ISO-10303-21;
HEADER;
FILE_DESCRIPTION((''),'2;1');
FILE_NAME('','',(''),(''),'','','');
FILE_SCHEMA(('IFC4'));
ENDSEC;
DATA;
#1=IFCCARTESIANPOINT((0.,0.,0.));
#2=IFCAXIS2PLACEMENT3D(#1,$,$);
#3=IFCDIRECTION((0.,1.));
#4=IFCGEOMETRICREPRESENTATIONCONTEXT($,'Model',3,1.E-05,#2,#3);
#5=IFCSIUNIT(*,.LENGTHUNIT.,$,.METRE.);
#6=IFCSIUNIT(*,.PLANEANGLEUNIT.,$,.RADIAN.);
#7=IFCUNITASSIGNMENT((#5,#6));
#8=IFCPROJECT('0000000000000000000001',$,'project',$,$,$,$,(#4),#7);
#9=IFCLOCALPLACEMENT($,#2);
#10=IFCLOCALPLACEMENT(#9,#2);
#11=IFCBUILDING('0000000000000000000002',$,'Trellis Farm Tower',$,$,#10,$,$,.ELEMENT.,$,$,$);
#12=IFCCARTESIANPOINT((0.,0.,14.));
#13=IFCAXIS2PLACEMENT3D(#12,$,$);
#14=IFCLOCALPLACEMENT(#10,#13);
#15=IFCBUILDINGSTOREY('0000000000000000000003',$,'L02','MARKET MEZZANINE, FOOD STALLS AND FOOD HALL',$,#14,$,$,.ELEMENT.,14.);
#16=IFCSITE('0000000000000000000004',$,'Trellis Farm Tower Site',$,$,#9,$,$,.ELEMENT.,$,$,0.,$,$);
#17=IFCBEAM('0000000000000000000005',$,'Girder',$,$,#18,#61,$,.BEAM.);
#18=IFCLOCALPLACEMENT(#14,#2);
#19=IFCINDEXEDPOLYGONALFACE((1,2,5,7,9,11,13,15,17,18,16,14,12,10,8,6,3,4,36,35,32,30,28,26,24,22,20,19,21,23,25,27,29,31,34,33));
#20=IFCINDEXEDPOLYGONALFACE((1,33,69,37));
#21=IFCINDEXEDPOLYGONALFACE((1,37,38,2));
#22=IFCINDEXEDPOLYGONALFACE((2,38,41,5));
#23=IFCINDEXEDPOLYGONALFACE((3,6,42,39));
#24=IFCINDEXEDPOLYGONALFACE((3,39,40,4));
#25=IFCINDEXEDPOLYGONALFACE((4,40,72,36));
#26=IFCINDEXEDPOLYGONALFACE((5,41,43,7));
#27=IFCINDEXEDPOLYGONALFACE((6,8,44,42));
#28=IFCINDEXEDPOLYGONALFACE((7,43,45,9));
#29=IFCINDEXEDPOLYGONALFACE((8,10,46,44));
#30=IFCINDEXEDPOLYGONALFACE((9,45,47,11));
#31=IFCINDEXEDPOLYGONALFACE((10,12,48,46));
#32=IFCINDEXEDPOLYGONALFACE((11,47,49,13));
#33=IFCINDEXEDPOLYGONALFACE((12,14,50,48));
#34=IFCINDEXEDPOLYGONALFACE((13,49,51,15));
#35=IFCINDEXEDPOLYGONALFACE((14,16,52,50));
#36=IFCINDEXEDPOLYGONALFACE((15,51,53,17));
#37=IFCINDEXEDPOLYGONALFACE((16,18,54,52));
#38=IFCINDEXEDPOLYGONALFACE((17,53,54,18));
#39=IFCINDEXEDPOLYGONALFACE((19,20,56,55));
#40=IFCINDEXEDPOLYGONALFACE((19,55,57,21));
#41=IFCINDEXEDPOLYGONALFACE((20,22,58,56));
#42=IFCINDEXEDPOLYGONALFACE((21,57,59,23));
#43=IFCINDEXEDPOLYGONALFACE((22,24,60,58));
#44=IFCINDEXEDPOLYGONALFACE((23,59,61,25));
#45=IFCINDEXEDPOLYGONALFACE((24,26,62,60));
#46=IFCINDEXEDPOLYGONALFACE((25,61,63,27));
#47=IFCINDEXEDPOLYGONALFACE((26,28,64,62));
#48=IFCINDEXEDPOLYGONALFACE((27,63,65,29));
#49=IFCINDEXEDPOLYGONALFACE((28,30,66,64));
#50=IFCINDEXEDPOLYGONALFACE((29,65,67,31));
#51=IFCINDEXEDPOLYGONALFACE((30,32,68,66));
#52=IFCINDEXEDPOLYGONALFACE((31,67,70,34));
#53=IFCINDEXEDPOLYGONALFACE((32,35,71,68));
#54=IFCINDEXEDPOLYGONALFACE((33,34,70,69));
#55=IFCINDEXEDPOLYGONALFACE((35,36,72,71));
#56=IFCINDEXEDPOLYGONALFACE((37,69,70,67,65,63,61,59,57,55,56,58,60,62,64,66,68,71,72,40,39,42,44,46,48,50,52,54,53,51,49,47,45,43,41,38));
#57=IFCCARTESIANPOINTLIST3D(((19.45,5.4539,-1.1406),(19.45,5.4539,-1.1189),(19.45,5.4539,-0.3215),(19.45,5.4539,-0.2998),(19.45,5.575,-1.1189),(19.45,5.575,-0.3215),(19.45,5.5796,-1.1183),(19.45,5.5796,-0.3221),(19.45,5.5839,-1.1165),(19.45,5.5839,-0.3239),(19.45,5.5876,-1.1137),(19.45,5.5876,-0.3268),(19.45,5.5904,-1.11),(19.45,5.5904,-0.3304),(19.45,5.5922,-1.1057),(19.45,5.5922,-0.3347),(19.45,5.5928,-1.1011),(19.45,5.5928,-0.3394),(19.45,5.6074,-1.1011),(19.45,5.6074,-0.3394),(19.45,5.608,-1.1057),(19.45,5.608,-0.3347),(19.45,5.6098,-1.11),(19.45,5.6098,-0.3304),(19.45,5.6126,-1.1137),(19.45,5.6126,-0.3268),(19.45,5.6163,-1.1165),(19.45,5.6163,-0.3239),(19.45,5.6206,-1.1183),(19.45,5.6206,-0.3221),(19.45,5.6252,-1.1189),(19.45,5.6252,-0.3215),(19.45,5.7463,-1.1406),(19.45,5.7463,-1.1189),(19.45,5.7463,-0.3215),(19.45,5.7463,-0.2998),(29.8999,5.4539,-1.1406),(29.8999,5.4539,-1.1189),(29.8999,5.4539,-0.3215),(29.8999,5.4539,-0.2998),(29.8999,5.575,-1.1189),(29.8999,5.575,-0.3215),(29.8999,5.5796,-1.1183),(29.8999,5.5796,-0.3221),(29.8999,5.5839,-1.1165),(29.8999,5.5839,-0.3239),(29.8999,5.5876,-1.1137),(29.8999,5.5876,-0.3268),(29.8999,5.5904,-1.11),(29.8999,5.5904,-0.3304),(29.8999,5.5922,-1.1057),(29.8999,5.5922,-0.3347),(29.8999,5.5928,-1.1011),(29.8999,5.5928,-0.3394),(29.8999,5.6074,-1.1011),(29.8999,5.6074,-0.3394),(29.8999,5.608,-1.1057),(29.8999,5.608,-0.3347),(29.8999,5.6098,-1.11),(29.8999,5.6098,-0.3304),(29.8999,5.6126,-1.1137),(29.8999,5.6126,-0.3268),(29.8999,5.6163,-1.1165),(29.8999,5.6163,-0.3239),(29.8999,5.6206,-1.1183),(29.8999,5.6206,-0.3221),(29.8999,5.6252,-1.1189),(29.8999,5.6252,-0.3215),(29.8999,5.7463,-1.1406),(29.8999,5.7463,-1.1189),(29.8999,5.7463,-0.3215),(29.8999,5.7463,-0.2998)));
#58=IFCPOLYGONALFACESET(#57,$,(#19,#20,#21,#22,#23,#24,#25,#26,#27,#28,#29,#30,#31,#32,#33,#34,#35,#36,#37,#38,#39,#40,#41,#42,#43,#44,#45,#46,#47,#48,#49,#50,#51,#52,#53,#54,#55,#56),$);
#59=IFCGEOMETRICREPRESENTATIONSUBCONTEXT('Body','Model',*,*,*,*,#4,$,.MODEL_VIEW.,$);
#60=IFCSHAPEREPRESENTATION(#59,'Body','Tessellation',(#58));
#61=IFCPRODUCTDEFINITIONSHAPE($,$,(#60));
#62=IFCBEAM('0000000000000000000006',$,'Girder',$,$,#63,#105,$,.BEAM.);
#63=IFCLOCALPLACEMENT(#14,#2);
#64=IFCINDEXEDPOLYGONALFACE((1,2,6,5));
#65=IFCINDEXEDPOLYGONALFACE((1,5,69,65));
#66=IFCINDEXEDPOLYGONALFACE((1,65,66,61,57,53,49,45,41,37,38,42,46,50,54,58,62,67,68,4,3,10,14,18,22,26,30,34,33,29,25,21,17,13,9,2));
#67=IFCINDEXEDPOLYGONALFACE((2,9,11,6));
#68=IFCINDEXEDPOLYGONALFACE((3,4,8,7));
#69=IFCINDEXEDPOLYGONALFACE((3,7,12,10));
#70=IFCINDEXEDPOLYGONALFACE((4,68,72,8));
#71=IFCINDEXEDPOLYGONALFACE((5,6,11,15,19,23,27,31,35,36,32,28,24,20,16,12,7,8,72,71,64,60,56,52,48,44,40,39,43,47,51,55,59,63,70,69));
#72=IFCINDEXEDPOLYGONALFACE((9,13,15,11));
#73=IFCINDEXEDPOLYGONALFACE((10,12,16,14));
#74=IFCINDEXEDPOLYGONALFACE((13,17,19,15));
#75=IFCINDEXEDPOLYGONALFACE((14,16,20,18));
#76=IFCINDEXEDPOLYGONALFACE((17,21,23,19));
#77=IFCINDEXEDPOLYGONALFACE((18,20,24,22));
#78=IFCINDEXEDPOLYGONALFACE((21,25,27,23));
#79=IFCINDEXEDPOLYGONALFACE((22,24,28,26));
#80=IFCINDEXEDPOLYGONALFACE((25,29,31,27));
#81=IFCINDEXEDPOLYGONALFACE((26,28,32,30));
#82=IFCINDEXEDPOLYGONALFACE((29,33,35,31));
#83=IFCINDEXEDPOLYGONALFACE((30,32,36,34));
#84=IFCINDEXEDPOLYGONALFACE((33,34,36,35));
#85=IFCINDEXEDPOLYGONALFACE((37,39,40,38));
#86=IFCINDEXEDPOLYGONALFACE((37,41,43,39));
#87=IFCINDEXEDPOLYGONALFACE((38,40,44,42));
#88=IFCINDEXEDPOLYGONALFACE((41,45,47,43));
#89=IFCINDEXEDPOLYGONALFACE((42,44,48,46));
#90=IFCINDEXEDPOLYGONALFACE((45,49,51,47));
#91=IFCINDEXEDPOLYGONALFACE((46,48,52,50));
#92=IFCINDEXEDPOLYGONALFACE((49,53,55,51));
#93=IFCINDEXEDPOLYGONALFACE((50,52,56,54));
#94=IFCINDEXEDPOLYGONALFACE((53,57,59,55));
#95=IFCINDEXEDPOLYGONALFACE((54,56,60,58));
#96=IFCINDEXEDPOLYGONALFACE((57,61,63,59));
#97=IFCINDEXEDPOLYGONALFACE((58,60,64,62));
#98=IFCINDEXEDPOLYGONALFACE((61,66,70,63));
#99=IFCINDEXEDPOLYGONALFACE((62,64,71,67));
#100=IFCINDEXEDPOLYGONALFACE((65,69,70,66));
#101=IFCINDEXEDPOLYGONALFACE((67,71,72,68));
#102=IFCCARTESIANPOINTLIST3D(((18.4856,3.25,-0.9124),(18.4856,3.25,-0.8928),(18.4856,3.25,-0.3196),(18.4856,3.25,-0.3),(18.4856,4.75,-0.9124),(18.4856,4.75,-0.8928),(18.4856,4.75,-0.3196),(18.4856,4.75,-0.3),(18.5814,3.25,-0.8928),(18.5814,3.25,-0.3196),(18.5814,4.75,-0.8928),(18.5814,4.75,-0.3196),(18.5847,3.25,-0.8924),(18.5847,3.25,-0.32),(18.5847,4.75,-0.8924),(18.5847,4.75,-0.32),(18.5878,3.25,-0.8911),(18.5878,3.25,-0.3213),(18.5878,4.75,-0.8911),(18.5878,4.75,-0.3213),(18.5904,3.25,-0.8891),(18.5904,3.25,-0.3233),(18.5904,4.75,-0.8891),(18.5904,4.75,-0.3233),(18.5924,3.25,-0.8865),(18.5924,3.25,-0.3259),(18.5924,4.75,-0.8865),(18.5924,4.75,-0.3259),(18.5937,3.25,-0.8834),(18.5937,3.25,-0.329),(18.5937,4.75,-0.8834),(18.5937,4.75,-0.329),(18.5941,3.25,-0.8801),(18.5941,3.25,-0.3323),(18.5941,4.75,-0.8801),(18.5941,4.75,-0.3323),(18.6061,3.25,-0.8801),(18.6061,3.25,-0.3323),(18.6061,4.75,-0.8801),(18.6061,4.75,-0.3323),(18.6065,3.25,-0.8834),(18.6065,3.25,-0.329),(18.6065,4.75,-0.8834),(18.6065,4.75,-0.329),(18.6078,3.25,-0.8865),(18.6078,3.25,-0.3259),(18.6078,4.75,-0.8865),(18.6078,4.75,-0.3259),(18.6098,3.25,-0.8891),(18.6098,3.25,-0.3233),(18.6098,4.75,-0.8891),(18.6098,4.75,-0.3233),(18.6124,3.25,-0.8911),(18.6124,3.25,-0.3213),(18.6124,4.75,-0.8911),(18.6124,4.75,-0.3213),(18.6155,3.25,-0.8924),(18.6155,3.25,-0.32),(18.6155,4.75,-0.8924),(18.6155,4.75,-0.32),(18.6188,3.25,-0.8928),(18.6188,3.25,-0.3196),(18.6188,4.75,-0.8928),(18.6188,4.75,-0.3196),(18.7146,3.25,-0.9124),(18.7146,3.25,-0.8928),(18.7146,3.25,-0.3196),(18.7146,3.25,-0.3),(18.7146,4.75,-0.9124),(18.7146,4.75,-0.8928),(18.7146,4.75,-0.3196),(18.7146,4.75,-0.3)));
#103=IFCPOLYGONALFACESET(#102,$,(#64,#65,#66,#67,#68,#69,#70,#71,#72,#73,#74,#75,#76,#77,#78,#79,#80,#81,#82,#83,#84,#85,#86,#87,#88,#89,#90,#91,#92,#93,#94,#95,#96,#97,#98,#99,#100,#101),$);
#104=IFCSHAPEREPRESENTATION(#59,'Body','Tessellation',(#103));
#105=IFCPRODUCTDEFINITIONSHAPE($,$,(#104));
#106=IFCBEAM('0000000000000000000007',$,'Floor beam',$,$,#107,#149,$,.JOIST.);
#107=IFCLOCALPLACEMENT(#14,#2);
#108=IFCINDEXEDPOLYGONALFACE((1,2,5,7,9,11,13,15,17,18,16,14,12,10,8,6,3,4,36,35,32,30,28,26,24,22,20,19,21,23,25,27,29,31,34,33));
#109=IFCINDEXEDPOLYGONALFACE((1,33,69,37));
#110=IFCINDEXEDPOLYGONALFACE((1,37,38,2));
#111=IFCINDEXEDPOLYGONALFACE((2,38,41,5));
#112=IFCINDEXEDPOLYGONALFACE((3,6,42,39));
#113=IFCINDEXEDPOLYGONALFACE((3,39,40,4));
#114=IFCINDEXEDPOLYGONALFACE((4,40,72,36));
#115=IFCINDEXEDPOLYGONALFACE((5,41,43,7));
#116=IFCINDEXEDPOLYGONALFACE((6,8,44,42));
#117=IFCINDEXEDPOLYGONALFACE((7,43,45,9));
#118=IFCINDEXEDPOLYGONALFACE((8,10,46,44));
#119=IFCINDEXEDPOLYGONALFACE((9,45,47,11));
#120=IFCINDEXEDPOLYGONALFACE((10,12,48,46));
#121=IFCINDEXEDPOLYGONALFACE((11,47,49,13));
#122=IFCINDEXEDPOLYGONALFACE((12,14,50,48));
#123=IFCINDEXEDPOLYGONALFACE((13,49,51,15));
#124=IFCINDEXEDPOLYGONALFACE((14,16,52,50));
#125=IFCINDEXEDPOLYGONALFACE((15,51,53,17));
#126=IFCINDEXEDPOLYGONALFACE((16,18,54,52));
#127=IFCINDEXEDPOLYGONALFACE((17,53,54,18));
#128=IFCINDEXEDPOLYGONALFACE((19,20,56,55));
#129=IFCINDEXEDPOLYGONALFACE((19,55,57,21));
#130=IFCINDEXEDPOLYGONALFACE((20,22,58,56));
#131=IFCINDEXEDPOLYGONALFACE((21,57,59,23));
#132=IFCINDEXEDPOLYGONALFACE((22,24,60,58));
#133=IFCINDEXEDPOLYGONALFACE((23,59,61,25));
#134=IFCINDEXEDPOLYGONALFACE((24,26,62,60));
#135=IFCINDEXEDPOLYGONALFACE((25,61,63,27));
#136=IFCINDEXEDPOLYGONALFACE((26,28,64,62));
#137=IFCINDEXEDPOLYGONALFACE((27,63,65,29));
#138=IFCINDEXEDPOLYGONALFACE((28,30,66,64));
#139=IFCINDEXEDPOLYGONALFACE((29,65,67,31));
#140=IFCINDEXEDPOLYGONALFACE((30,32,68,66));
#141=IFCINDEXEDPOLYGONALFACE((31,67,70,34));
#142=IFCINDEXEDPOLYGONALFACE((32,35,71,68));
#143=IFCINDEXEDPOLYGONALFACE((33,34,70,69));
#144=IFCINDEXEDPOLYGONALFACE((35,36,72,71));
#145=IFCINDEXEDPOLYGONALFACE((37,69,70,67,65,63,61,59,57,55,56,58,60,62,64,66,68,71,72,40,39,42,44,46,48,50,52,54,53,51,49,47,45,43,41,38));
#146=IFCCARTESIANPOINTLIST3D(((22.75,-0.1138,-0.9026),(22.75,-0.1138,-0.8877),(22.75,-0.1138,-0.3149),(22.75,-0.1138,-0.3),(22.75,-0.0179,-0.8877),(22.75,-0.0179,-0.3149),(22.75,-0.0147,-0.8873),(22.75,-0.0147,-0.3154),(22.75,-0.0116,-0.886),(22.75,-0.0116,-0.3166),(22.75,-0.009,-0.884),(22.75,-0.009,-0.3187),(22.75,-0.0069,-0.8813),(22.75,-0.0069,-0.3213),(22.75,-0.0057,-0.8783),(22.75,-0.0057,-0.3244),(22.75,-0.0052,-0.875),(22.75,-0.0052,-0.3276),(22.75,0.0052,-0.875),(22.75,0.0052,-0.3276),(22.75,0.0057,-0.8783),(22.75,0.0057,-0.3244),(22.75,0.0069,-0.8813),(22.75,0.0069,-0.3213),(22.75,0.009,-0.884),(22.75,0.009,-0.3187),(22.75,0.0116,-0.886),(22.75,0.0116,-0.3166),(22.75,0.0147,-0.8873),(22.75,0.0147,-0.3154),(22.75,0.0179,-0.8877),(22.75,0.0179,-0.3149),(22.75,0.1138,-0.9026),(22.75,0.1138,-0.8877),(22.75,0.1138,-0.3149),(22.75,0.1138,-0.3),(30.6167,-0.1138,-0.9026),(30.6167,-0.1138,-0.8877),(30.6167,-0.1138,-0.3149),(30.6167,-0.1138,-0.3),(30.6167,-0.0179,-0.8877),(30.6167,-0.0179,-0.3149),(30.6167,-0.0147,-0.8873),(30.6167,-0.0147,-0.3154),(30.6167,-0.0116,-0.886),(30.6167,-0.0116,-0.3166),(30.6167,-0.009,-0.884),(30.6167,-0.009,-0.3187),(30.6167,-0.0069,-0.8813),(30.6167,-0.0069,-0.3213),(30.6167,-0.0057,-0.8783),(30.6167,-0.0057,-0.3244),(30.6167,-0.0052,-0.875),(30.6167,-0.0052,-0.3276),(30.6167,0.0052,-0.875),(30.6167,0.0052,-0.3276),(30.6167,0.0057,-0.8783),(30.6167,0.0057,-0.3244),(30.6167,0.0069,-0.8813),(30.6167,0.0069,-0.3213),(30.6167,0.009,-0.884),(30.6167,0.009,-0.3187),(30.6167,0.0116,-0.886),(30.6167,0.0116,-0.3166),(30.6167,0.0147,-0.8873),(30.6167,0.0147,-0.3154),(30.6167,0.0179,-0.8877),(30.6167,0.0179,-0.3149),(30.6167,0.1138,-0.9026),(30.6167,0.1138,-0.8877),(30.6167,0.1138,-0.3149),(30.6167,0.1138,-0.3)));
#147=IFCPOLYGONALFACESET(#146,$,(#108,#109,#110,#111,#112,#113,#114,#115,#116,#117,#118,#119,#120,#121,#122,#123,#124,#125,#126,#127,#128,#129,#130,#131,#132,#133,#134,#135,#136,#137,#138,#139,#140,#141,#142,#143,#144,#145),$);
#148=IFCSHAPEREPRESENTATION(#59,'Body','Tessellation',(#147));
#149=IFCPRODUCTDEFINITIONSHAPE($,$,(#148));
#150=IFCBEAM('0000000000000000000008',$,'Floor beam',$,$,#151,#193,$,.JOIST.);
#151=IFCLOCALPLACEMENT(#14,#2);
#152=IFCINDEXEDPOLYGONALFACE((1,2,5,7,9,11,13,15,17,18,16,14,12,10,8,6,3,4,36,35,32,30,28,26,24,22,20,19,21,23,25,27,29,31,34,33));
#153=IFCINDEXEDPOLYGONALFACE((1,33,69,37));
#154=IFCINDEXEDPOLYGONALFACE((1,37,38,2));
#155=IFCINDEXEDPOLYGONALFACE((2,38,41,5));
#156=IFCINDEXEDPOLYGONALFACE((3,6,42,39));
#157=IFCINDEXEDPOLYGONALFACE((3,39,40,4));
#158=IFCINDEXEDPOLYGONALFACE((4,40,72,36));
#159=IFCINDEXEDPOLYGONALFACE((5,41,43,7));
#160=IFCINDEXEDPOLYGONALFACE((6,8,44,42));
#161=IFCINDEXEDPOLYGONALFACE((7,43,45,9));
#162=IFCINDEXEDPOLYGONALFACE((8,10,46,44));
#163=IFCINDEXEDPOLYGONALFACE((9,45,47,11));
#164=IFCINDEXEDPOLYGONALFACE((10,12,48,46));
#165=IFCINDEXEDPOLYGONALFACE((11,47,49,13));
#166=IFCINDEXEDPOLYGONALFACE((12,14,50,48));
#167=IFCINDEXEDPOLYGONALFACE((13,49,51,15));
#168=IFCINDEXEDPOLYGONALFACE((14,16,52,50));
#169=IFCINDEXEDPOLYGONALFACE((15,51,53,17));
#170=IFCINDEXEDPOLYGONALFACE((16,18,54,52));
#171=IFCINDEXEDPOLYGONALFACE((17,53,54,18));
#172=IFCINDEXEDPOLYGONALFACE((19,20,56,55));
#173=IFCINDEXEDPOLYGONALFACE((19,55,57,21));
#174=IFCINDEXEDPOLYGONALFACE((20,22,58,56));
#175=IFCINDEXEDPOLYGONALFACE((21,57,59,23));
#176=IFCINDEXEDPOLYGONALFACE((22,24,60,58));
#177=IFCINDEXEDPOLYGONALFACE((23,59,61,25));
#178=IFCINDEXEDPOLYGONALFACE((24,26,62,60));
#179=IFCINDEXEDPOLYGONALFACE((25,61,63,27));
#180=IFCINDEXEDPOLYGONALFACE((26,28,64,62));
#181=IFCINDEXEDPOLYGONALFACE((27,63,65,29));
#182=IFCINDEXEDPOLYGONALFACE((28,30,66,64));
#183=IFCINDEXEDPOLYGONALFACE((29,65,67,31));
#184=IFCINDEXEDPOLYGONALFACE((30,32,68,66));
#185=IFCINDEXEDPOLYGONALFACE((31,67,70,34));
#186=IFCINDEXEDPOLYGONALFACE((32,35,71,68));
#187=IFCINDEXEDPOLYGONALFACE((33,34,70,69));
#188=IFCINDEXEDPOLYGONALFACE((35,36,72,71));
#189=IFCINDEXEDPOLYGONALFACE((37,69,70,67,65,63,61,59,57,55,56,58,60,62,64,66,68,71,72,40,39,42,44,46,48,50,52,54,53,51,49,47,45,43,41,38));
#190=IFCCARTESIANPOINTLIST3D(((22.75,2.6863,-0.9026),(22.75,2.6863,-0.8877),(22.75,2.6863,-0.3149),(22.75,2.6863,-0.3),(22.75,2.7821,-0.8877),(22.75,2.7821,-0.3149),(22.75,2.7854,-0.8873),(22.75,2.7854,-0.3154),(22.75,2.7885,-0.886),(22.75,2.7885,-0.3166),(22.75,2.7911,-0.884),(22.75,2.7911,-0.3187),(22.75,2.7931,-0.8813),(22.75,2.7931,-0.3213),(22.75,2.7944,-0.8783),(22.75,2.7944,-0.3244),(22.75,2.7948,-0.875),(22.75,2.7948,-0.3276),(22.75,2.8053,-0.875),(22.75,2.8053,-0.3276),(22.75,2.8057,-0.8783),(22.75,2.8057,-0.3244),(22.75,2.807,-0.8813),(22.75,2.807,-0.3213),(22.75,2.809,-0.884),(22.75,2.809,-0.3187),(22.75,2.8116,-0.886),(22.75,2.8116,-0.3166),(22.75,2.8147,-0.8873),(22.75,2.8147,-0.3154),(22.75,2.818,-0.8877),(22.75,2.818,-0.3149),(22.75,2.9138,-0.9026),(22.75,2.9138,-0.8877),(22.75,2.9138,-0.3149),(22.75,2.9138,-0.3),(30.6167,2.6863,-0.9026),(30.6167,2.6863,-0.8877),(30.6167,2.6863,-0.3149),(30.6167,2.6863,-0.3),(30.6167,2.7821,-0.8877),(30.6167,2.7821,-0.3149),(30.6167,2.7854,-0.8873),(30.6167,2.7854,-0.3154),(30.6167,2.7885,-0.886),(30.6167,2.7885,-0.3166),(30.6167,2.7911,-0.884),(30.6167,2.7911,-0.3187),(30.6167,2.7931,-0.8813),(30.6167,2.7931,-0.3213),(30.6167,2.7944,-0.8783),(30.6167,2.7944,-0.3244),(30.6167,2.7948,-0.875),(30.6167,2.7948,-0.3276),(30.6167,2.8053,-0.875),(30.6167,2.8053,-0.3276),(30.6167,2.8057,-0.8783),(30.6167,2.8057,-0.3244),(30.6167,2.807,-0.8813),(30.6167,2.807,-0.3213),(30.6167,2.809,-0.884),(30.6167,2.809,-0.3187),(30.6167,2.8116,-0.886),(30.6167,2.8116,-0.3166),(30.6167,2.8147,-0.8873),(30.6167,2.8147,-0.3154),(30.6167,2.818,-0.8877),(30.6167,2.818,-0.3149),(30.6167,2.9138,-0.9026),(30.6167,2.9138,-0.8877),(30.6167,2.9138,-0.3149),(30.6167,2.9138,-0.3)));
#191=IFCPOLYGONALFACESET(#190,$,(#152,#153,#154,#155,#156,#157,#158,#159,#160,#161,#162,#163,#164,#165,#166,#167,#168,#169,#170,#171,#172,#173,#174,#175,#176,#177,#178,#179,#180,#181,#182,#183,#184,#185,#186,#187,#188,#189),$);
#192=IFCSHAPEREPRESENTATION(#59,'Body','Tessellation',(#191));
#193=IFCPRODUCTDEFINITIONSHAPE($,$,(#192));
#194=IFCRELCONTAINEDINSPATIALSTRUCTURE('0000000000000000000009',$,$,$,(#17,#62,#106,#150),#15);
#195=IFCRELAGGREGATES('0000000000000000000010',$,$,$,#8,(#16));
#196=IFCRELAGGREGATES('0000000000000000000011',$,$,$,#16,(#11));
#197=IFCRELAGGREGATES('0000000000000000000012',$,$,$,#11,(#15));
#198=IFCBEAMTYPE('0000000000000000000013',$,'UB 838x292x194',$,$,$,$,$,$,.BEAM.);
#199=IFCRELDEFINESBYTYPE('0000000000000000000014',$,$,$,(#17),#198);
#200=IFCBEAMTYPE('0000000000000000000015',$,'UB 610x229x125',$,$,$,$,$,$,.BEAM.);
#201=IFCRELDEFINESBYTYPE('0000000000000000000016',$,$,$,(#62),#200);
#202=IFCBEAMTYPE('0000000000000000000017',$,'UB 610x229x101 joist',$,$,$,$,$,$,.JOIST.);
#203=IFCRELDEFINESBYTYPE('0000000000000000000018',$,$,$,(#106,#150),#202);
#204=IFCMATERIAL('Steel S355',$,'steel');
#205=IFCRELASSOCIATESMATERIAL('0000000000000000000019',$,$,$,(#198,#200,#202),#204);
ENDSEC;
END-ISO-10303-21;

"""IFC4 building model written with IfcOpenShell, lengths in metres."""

from ifc_helpers import new_model, si_unit, direction, frame, origin, origin_2d, place, context, subcontext, project, spatial, i_section, extrude, source, transform, mapped, material, material_profile, profile_set, type_object, element, save


model = new_model("IFC4")

# Units and contexts
model_context = context("Model", 3, precision=1e-05, world=origin(), true_north=direction((0.0, 1.0)))
body_context = subcontext(model_context, "Body", "Model", "MODEL_VIEW")
ifc_project = project(units=[si_unit("LENGTHUNIT", "METRE"), si_unit("PLANEANGLEUNIT", "RADIAN")], contexts=[model_context])

# Site, building, storey
site_placement = place(None, origin())
site = spatial("IfcSite", under=ifc_project, at=site_placement, Name="Trellis Farm Tower Site", CompositionType="ELEMENT", RefElevation=0.0)
building_placement = place(site_placement, origin())
building = spatial("IfcBuilding", under=site, at=building_placement, Name="Trellis Farm Tower", CompositionType="ELEMENT")
storey_placement = place(building_placement, frame((0.0, 0.0, 14.0)))
storey = spatial("IfcBuildingStorey", under=building, at=storey_placement, Name="L02", Description="MARKET MEZZANINE, FOOD STALLS AND FOOD HALL", CompositionType="ELEMENT", Elevation=14.0)

# Beams
ifc_material_1 = material(Name="Steel S355", Category="steel")
ifc_material_profile_1 = material_profile(ifc_material_1, i_section(OverallWidth=0.2925, OverallDepth=0.8408, WebThickness=0.0146, FlangeThickness=0.0217, FilletRadius=0.0178, at=origin_2d()), Name="UB 838x292x194")
ifc_profile_set_1 = profile_set([ifc_material_profile_1], Name="Steel S355")
beam_type_1 = type_object("IfcBeamType", Name="UB 838x292x194", PredefinedType="BEAM", material=ifc_profile_set_1)
shared_shape_1 = source(origin(), body_context, "Body", "SweptSolid", [
    extrude(i_section(OverallWidth=0.2925, OverallDepth=0.8408, WebThickness=0.0146, FlangeThickness=0.0217, FilletRadius=0.0178, at=origin_2d()), origin(), (0.0, 0.0, 1.0), 10.45),
])
beam_1_placement = place(storey_placement, frame((19.45, 5.6001, -0.7202), z_axis=(1.0, 0.0, 0.0), x_axis=(0.0, 1.0, 0.0)))
element("IfcBeam", 1, at=beam_1_placement, inside=storey, type_object=beam_type_1, Name="Girder", PredefinedType="BEAM", context=body_context, shape_type="MappedRepresentation", body=[
    mapped(shared_shape_1, transform((0.0, 0.0, 0.0))),
])
ifc_material_profile_2 = material_profile(ifc_material_1, i_section(OverallWidth=0.229, OverallDepth=0.6123, WebThickness=0.012, FlangeThickness=0.0195, FilletRadius=0.0127, at=origin_2d()), Name="UB 610x229x125")
ifc_profile_set_2 = profile_set([ifc_material_profile_2], Name="Steel S355")
beam_type_2 = type_object("IfcBeamType", Name="UB 610x229x125", PredefinedType="BEAM", material=ifc_profile_set_2)
shared_shape_2 = source(origin(), body_context, "Body", "SweptSolid", [
    extrude(i_section(OverallWidth=0.229, OverallDepth=0.6123, WebThickness=0.012, FlangeThickness=0.0195, FilletRadius=0.0127, at=origin_2d()), origin(), (0.0, 0.0, 1.0), 1.5),
])
beam_2_placement = place(storey_placement, frame((18.6001, 3.25, -0.6062), z_axis=(0.0, 1.0, 0.0), x_axis=(-1.0, 0.0, 0.0)))
element("IfcBeam", 2, at=beam_2_placement, inside=storey, type_object=beam_type_2, Name="Girder", PredefinedType="BEAM", context=body_context, shape_type="MappedRepresentation", body=[
    mapped(shared_shape_2, transform((0.0, 0.0, 0.0))),
])
ifc_material_profile_3 = material_profile(ifc_material_1, i_section(OverallWidth=0.2275, OverallDepth=0.6025, WebThickness=0.0105, FlangeThickness=0.0149, FilletRadius=0.0127, at=origin_2d()), Name="UB 610x229x101")
ifc_profile_set_3 = profile_set([ifc_material_profile_3], Name="Steel S355")
beam_type_3 = type_object("IfcBeamType", Name="UB 610x229x101 joist", PredefinedType="JOIST", material=ifc_profile_set_3)
shared_shape_3 = source(origin(), body_context, "Body", "SweptSolid", [
    extrude(i_section(OverallWidth=0.2275, OverallDepth=0.6025, WebThickness=0.0105, FlangeThickness=0.0149, FilletRadius=0.0127, at=origin_2d()), origin(), (0.0, 0.0, 1.0), 7.8667),
])
for number, where, z_axis, x_axis, name in (
    (3, (22.75, 0.0, -0.6013), (1.0, 0.0, 0.0), (0.0, 1.0, 0.0), "Floor beam"),
    (4, (22.75, 2.8, -0.6013), (1.0, 0.0, 0.0), (0.0, 1.0, 0.0), "Floor beam"),
):
    element("IfcBeam", number, at=place(storey_placement, frame(where, z_axis=z_axis, x_axis=x_axis)), inside=storey, type_object=beam_type_3, Name=name, PredefinedType="JOIST", context=body_context, shape_type="MappedRepresentation", body=[
        mapped(shared_shape_3, transform((0.0, 0.0, 0.0))),
    ])

save(model, "model.ifc")
